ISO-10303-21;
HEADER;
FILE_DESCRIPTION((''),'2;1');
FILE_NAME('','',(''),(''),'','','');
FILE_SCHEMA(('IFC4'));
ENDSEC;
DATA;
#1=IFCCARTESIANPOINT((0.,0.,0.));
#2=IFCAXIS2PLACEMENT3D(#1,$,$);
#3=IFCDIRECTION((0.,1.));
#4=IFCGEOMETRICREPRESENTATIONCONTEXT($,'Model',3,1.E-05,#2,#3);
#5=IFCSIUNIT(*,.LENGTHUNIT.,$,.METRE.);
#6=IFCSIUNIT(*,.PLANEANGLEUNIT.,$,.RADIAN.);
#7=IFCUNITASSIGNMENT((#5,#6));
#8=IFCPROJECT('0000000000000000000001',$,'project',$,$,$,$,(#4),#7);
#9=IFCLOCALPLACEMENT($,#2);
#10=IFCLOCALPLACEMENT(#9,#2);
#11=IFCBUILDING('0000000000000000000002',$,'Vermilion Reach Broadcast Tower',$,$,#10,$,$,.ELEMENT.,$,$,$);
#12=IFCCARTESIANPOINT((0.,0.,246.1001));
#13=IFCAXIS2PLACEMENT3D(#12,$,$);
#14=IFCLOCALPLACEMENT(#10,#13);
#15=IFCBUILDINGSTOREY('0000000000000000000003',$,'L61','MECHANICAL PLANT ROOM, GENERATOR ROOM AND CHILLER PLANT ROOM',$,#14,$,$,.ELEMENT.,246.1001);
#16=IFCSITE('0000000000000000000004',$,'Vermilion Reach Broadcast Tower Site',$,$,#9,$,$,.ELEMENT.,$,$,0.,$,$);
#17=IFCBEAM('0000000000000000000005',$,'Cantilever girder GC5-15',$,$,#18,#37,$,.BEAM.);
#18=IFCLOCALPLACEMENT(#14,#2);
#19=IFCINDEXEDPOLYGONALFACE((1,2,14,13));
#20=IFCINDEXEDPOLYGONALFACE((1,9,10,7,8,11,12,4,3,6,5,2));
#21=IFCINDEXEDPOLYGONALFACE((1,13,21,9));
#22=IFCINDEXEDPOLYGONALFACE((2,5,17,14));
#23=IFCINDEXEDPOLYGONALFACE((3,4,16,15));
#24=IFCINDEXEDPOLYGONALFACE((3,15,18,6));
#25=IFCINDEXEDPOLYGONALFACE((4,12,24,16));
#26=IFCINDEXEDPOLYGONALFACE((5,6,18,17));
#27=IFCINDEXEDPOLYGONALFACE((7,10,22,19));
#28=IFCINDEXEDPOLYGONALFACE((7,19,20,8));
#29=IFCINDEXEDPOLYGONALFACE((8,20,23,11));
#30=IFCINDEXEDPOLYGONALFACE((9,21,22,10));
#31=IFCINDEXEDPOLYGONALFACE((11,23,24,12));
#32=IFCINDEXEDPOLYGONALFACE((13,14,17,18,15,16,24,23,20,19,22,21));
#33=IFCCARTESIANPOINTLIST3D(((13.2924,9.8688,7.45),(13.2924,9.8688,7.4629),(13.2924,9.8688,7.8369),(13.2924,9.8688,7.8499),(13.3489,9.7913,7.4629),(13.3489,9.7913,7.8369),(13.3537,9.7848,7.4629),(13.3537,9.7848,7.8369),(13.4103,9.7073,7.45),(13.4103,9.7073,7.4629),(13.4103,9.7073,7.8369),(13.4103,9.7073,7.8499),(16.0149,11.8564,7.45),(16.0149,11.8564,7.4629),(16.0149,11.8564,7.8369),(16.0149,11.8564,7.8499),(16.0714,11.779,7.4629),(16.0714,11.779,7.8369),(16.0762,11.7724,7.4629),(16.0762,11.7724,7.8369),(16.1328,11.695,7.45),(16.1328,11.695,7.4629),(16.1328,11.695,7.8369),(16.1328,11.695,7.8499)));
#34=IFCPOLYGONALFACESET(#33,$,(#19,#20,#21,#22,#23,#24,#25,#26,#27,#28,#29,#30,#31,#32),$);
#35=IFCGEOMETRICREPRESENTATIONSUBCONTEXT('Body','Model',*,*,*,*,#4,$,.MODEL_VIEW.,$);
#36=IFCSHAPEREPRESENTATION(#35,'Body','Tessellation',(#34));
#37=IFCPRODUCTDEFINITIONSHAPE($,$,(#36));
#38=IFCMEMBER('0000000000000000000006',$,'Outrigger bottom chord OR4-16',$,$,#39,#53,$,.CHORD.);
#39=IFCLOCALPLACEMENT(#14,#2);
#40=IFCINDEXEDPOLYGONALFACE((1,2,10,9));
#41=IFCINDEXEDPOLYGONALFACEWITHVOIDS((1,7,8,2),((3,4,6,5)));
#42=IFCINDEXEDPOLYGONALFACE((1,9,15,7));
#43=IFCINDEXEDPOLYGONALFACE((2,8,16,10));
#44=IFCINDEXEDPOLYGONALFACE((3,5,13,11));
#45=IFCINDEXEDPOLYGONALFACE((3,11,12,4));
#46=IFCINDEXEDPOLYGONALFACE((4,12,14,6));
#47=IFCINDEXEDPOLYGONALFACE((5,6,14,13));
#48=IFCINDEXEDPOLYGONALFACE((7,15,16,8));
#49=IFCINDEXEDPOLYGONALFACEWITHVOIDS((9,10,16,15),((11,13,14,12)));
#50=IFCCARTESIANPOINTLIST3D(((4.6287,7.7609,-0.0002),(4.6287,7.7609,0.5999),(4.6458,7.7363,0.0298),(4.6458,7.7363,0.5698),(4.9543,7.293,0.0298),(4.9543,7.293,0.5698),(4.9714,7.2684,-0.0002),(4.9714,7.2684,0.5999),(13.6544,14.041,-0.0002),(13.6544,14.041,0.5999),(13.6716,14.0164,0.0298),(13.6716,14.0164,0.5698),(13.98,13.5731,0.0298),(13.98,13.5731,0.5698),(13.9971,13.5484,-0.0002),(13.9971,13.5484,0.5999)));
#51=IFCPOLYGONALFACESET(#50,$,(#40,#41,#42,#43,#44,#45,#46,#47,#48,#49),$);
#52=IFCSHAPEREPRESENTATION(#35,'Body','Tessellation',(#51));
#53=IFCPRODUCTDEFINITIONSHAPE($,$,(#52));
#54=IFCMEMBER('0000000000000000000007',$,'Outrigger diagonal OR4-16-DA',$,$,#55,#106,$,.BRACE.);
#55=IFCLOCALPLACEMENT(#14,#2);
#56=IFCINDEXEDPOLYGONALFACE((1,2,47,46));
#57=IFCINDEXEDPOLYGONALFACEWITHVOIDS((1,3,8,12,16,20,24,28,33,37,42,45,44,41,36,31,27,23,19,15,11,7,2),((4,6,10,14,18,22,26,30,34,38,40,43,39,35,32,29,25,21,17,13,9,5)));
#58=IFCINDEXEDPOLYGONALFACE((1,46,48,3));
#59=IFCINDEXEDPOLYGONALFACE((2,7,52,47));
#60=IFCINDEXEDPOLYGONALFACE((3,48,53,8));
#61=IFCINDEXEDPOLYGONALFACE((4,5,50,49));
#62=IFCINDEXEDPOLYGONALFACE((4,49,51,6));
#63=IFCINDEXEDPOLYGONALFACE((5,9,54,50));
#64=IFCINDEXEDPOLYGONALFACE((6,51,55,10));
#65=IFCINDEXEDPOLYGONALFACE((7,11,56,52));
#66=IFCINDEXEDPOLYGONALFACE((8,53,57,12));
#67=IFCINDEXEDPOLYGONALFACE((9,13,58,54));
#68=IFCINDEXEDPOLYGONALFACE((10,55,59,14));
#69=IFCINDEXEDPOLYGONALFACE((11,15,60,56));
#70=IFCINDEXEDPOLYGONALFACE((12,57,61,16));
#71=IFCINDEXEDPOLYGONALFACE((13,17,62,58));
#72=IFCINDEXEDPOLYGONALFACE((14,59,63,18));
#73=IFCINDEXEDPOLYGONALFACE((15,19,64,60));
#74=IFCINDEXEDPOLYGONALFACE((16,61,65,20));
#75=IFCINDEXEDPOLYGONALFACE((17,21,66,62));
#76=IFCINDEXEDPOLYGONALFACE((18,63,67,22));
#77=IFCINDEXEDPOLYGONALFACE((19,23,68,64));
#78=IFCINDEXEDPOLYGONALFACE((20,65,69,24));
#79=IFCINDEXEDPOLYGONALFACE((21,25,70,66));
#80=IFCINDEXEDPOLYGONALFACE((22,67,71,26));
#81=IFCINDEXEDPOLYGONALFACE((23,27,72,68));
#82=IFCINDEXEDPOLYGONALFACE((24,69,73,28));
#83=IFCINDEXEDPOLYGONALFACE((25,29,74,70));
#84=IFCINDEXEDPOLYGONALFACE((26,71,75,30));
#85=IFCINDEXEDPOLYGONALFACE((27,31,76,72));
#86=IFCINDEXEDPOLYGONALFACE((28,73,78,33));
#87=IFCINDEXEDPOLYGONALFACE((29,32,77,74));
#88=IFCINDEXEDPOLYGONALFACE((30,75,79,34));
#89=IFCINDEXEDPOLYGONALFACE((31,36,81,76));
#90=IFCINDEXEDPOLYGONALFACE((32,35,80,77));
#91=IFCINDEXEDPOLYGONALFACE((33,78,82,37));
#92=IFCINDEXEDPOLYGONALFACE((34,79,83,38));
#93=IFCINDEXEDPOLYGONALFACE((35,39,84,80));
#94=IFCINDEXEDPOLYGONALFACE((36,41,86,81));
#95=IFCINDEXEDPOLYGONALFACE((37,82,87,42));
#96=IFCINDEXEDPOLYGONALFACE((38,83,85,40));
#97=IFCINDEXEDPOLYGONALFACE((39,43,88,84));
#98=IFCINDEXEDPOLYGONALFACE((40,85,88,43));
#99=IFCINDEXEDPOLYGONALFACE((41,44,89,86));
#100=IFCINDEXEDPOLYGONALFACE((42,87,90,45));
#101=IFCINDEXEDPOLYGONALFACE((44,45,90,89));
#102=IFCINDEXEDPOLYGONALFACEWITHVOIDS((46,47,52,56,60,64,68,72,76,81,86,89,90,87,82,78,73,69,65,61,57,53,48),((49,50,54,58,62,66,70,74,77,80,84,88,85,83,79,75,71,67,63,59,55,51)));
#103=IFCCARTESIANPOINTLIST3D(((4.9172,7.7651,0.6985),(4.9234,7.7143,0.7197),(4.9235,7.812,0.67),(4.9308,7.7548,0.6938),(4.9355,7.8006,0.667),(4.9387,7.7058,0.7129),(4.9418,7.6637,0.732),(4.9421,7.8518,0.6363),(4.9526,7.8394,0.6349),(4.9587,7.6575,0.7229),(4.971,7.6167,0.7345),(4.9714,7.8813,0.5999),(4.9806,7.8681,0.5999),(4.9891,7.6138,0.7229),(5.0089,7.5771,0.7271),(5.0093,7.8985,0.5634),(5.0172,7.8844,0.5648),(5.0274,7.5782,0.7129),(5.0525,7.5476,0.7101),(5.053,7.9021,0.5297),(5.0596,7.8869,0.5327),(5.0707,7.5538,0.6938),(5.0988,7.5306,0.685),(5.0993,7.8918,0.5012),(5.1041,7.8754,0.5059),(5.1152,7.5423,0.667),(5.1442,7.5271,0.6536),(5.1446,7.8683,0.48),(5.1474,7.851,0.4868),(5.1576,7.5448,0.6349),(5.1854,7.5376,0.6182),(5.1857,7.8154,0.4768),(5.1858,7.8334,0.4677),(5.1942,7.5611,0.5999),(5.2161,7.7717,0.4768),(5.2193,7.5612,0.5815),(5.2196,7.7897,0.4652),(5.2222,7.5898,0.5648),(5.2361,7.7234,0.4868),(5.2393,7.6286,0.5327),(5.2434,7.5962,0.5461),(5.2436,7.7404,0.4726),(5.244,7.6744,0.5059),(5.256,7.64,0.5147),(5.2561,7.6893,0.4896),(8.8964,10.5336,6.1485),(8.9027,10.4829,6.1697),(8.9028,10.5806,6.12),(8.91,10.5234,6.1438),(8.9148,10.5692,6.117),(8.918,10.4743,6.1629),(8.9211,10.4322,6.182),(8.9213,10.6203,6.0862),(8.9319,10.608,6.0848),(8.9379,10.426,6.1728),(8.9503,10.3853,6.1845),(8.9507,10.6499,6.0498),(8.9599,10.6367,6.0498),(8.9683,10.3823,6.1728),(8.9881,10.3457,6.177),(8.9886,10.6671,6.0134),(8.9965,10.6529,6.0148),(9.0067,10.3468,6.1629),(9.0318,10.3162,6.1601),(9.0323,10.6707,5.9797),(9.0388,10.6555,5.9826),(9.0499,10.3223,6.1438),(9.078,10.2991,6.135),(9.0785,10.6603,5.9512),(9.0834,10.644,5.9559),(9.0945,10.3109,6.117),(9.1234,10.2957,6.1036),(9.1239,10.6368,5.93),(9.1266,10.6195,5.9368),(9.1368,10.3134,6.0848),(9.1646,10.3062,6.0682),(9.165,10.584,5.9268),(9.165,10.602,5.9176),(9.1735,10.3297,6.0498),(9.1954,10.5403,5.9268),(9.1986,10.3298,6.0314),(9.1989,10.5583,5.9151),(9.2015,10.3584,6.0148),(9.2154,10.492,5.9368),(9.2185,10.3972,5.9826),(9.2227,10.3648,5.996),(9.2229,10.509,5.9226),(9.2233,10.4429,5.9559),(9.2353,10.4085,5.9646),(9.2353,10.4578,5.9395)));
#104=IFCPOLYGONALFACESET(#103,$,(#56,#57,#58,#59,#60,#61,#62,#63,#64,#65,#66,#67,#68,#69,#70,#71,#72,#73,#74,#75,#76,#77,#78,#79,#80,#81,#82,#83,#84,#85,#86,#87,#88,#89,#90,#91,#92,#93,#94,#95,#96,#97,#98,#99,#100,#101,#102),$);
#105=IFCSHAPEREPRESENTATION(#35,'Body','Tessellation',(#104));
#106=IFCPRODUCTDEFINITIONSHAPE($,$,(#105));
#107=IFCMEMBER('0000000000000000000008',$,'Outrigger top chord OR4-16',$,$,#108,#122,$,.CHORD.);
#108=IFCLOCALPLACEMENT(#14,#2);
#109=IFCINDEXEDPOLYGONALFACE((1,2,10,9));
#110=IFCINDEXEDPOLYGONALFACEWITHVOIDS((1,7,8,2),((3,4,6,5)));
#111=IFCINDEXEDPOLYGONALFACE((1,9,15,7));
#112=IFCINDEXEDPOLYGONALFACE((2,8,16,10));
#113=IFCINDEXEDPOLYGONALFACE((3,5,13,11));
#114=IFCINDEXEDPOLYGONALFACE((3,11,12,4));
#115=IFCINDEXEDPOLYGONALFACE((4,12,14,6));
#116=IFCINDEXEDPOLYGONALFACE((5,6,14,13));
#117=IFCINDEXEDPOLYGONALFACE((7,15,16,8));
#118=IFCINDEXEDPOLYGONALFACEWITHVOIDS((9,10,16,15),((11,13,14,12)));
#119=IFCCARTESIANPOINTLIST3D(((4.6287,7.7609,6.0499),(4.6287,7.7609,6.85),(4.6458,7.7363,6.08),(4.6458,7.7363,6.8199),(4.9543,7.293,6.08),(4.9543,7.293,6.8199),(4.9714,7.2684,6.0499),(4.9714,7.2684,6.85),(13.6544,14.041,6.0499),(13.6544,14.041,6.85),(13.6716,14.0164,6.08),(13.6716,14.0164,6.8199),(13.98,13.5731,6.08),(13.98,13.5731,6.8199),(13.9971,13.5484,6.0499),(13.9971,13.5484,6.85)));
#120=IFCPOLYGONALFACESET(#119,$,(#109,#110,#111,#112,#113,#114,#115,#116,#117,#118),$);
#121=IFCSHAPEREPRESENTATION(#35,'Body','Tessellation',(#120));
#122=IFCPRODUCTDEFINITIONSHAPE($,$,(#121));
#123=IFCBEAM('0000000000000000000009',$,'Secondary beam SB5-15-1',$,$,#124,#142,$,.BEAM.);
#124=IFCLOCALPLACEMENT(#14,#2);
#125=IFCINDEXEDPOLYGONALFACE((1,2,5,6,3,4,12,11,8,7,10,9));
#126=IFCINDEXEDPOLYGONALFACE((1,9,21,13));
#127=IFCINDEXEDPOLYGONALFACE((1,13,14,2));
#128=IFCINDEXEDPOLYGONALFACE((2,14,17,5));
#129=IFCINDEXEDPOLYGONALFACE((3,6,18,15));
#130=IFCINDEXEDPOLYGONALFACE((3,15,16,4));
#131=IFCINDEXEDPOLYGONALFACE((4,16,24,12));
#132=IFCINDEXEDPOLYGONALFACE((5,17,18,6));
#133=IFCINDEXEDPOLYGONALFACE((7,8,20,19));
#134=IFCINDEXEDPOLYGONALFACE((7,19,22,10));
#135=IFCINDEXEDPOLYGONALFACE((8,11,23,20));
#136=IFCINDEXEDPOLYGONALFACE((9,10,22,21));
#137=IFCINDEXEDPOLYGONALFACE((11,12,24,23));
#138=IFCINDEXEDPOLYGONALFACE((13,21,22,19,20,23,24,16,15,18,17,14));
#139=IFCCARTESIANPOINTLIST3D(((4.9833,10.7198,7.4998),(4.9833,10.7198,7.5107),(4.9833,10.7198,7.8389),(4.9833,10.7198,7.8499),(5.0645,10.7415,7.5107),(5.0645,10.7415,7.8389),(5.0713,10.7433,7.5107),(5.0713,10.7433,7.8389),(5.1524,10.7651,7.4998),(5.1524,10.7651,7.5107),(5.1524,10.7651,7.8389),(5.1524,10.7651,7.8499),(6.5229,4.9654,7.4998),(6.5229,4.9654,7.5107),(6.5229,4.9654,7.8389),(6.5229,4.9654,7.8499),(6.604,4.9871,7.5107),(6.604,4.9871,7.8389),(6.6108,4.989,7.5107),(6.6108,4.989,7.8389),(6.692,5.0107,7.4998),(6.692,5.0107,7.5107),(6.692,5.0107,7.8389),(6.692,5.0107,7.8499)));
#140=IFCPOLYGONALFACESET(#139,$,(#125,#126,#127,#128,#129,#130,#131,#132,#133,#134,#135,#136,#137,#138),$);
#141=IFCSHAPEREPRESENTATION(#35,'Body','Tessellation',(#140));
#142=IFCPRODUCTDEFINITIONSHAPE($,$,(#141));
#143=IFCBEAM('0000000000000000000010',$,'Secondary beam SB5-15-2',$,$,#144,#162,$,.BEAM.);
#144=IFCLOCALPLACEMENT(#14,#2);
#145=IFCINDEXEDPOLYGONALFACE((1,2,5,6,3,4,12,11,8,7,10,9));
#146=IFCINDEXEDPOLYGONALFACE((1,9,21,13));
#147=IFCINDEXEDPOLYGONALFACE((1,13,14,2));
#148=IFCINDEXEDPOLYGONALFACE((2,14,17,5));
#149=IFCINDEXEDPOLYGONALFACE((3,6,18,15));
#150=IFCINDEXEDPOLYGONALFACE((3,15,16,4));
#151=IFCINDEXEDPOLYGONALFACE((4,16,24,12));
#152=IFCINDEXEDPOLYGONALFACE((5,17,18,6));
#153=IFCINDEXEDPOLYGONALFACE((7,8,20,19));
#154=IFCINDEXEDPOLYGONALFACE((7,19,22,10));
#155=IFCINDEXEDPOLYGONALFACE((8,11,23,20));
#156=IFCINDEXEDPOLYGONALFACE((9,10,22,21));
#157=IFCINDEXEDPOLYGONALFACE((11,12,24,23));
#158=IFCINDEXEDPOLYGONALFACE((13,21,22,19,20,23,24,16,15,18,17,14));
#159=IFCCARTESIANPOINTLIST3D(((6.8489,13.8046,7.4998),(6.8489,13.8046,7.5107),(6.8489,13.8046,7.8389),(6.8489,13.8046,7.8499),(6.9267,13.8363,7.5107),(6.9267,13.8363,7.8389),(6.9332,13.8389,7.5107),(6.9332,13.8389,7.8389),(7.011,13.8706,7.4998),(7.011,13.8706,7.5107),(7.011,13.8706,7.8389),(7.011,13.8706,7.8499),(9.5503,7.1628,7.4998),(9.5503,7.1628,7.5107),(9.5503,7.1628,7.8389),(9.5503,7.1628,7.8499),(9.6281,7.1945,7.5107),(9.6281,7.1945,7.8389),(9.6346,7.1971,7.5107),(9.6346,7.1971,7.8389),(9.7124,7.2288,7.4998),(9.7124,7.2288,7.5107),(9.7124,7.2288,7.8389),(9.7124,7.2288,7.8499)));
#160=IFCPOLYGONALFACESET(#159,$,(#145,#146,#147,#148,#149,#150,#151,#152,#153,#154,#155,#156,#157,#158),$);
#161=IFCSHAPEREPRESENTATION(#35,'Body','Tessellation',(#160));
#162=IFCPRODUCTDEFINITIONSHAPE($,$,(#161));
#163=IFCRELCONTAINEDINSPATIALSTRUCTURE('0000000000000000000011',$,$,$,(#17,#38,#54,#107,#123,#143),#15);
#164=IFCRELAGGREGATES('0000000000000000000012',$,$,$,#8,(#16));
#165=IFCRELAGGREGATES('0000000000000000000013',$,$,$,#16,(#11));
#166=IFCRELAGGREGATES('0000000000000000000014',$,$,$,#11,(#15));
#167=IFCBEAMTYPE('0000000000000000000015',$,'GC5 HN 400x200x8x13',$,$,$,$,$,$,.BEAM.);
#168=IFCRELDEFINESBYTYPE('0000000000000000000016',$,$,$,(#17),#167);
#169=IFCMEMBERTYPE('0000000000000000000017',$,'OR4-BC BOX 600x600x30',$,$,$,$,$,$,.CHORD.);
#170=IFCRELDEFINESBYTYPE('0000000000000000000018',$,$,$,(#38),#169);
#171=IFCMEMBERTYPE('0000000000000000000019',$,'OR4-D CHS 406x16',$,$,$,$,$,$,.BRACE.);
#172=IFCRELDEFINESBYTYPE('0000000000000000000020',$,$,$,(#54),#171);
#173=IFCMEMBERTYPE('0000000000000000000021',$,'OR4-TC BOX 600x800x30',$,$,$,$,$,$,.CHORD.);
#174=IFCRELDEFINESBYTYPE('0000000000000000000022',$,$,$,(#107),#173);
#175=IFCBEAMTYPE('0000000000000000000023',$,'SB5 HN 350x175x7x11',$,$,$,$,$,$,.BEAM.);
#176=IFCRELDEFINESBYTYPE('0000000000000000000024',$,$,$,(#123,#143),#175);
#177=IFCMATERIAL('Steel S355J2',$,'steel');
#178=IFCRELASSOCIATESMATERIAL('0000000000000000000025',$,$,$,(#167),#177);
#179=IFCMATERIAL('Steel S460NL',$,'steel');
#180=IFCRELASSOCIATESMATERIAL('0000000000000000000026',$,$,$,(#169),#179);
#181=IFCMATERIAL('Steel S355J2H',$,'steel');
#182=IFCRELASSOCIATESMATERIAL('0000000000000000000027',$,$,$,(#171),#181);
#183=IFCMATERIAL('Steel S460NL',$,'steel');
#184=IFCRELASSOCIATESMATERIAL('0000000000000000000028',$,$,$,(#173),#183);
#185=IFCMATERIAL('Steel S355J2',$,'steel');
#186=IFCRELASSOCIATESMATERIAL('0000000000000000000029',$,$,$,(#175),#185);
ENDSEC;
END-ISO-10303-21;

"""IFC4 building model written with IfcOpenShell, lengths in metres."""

from ifc_helpers import new_model, si_unit, direction, frame, origin, origin_2d, place, context, subcontext, project, spatial, hollow_rectangle, hollow_circle, i_section, extrude, material, material_profile, profile_set, type_object, element, save


model = new_model("IFC4")

# Units and contexts
model_context = context("Model", 3, precision=1e-05, world=origin(), true_north=direction((0.0, 1.0)))
body_context = subcontext(model_context, "Body", "Model", "MODEL_VIEW")
ifc_project = project(units=[si_unit("LENGTHUNIT", "METRE"), si_unit("PLANEANGLEUNIT", "RADIAN")], contexts=[model_context])

# Site, building, storey
site_placement = place(None, origin())
site = spatial("IfcSite", under=ifc_project, at=site_placement, Name="Vermilion Reach Broadcast Tower Site", CompositionType="ELEMENT", RefElevation=0.0)
building_placement = place(site_placement, origin())
building = spatial("IfcBuilding", under=site, at=building_placement, Name="Vermilion Reach Broadcast Tower", CompositionType="ELEMENT")
storey_placement = place(building_placement, frame((0.0, 0.0, 246.1001)))
storey = spatial("IfcBuildingStorey", under=building, at=storey_placement, Name="L61", Description="MECHANICAL PLANT ROOM, GENERATOR ROOM AND CHILLER PLANT ROOM", CompositionType="ELEMENT", Elevation=246.1001)

# Beam
ifc_material_1 = material(Name="Steel S355J2", Category="steel")
ifc_material_profile_1 = material_profile(ifc_material_1, i_section(OverallWidth=0.2, OverallDepth=0.3999, WebThickness=0.0081, FlangeThickness=0.0129, at=origin_2d()), Name="S355J2 HN 400x200x8x13")
ifc_profile_set_1 = profile_set([ifc_material_profile_1], Name="Steel S355J2")
beam_type_1 = type_object("IfcBeamType", Name="GC5 HN 400x200x8x13", PredefinedType="BEAM", material=ifc_profile_set_1)
beam_1_placement = place(storey_placement, frame((13.3513, 9.7881, 7.6499), z_axis=(0.80766, 0.589648, 0.0), x_axis=(-0.589648, 0.80766, 0.0)))
element("IfcBeam", 1, at=beam_1_placement, inside=storey, type_object=beam_type_1, Name="Cantilever girder GC5-15", PredefinedType="BEAM", context=body_context, shape_type="SweptSolid", body=[
    extrude(i_section(OverallWidth=0.2, OverallDepth=0.3999, WebThickness=0.0081, FlangeThickness=0.0129, at=origin_2d()), origin(), (0.0, 0.0, 1.0), 3.3708),
])

# Members
ifc_material_2 = material(Name="Steel S460NL", Category="steel")
ifc_material_profile_2 = material_profile(ifc_material_2, hollow_rectangle(XDim=0.6001, YDim=0.6001, WallThickness=0.03, at=origin_2d()), Name="S460NL BOX 600x600x30")
ifc_profile_set_2 = profile_set([ifc_material_profile_2], Name="Steel S460NL")
member_type_1 = type_object("IfcMemberType", Name="OR4-BC BOX 600x600x30", PredefinedType="CHORD", material=ifc_profile_set_2)
member_1_placement = place(storey_placement, frame((4.8, 7.5146, 0.2998), z_axis=(0.820849, 0.571146, 0.0), x_axis=(-0.571146, 0.820849, 0.0)))
element("IfcMember", 2, at=member_1_placement, inside=storey, type_object=member_type_1, Name="Outrigger bottom chord OR4-16", PredefinedType="CHORD", context=body_context, shape_type="SweptSolid", body=[
    extrude(hollow_rectangle(XDim=0.6001, YDim=0.6001, WallThickness=0.03, at=origin_2d()), origin(), (0.0, 0.0, 1.0), 10.9956),
])
ifc_material_3 = material(Name="Steel S355J2H", Category="steel")
ifc_material_profile_3 = material_profile(ifc_material_3, hollow_circle(Radius=0.2031, WallThickness=0.0161, at=origin_2d()), Name="S355J2H CHS 406x16")
ifc_profile_set_3 = profile_set([ifc_material_profile_3], Name="Steel S355J2H")
member_type_2 = type_object("IfcMemberType", Name="OR4-D CHS 406x16", PredefinedType="BRACE", material=ifc_profile_set_3)
member_2_placement = place(storey_placement, frame((5.0874, 7.7146, 0.5999), z_axis=(0.545557, 0.37957, 0.747191), x_axis=(-0.571118, 0.820868, 0.0)))
element("IfcMember", 3, at=member_2_placement, inside=storey, type_object=member_type_2, Name="Outrigger diagonal OR4-16-DA", PredefinedType="BRACE", context=body_context, shape_type="SweptSolid", body=[
    extrude(hollow_circle(Radius=0.2031, WallThickness=0.0161, at=origin_2d()), origin(), (0.0, 0.0, 1.0), 7.2939),
])
ifc_material_4 = material(Name="Steel S460NL", Category="steel")
ifc_material_profile_4 = material_profile(ifc_material_4, hollow_rectangle(XDim=0.6001, YDim=0.8, WallThickness=0.03, at=origin_2d()), Name="S460NL BOX 600x800x30")
ifc_profile_set_4 = profile_set([ifc_material_profile_4], Name="Steel S460NL")
member_type_3 = type_object("IfcMemberType", Name="OR4-TC BOX 600x800x30", PredefinedType="CHORD", material=ifc_profile_set_4)
member_3_placement = place(storey_placement, frame((4.8, 7.5146, 6.45), z_axis=(0.820849, 0.571146, 0.0), x_axis=(-0.571146, 0.820849, 0.0)))
element("IfcMember", 4, at=member_3_placement, inside=storey, type_object=member_type_3, Name="Outrigger top chord OR4-16", PredefinedType="CHORD", context=body_context, shape_type="SweptSolid", body=[
    extrude(hollow_rectangle(XDim=0.6001, YDim=0.8, WallThickness=0.03, at=origin_2d()), origin(), (0.0, 0.0, 1.0), 10.9956),
])

# Beams
ifc_material_5 = material(Name="Steel S355J2", Category="steel")
ifc_material_profile_5 = material_profile(ifc_material_5, i_section(OverallWidth=0.175, OverallDepth=0.3501, WebThickness=0.0071, FlangeThickness=0.011, at=origin_2d()), Name="S355J2 HN 350x175x7x11")
ifc_profile_set_5 = profile_set([ifc_material_profile_5], Name="Steel S355J2")
beam_type_2 = type_object("IfcBeamType", Name="SB5 HN 350x175x7x11", PredefinedType="BEAM", material=ifc_profile_set_5)
beam_2_placement = place(storey_placement, frame((6.6074, 4.988, 7.6748), z_axis=(-0.258453, 0.966024, 0.0), x_axis=(-0.966024, -0.258453, 0.0)))
element("IfcBeam", 5, at=beam_2_placement, inside=storey, type_object=beam_type_2, Name="Secondary beam SB5-15-1", PredefinedType="BEAM", context=body_context, shape_type="SweptSolid", body=[
    extrude(i_section(OverallWidth=0.175, OverallDepth=0.3501, WebThickness=0.0071, FlangeThickness=0.011, at=origin_2d()), origin(), (0.0, 0.0, 1.0), 5.9568),
])
beam_3_placement = place(storey_placement, frame((9.6313, 7.1958, 7.6748), z_axis=(-0.376756, 0.926313, 0.0), x_axis=(-0.926313, -0.376756, 0.0)))
element("IfcBeam", 6, at=beam_3_placement, inside=storey, type_object=beam_type_2, Name="Secondary beam SB5-15-2", PredefinedType="BEAM", context=body_context, shape_type="SweptSolid", body=[
    extrude(i_section(OverallWidth=0.175, OverallDepth=0.3501, WebThickness=0.0071, FlangeThickness=0.011, at=origin_2d()), origin(), (0.0, 0.0, 1.0), 7.1702),
])

save(model, "model.ifc")
